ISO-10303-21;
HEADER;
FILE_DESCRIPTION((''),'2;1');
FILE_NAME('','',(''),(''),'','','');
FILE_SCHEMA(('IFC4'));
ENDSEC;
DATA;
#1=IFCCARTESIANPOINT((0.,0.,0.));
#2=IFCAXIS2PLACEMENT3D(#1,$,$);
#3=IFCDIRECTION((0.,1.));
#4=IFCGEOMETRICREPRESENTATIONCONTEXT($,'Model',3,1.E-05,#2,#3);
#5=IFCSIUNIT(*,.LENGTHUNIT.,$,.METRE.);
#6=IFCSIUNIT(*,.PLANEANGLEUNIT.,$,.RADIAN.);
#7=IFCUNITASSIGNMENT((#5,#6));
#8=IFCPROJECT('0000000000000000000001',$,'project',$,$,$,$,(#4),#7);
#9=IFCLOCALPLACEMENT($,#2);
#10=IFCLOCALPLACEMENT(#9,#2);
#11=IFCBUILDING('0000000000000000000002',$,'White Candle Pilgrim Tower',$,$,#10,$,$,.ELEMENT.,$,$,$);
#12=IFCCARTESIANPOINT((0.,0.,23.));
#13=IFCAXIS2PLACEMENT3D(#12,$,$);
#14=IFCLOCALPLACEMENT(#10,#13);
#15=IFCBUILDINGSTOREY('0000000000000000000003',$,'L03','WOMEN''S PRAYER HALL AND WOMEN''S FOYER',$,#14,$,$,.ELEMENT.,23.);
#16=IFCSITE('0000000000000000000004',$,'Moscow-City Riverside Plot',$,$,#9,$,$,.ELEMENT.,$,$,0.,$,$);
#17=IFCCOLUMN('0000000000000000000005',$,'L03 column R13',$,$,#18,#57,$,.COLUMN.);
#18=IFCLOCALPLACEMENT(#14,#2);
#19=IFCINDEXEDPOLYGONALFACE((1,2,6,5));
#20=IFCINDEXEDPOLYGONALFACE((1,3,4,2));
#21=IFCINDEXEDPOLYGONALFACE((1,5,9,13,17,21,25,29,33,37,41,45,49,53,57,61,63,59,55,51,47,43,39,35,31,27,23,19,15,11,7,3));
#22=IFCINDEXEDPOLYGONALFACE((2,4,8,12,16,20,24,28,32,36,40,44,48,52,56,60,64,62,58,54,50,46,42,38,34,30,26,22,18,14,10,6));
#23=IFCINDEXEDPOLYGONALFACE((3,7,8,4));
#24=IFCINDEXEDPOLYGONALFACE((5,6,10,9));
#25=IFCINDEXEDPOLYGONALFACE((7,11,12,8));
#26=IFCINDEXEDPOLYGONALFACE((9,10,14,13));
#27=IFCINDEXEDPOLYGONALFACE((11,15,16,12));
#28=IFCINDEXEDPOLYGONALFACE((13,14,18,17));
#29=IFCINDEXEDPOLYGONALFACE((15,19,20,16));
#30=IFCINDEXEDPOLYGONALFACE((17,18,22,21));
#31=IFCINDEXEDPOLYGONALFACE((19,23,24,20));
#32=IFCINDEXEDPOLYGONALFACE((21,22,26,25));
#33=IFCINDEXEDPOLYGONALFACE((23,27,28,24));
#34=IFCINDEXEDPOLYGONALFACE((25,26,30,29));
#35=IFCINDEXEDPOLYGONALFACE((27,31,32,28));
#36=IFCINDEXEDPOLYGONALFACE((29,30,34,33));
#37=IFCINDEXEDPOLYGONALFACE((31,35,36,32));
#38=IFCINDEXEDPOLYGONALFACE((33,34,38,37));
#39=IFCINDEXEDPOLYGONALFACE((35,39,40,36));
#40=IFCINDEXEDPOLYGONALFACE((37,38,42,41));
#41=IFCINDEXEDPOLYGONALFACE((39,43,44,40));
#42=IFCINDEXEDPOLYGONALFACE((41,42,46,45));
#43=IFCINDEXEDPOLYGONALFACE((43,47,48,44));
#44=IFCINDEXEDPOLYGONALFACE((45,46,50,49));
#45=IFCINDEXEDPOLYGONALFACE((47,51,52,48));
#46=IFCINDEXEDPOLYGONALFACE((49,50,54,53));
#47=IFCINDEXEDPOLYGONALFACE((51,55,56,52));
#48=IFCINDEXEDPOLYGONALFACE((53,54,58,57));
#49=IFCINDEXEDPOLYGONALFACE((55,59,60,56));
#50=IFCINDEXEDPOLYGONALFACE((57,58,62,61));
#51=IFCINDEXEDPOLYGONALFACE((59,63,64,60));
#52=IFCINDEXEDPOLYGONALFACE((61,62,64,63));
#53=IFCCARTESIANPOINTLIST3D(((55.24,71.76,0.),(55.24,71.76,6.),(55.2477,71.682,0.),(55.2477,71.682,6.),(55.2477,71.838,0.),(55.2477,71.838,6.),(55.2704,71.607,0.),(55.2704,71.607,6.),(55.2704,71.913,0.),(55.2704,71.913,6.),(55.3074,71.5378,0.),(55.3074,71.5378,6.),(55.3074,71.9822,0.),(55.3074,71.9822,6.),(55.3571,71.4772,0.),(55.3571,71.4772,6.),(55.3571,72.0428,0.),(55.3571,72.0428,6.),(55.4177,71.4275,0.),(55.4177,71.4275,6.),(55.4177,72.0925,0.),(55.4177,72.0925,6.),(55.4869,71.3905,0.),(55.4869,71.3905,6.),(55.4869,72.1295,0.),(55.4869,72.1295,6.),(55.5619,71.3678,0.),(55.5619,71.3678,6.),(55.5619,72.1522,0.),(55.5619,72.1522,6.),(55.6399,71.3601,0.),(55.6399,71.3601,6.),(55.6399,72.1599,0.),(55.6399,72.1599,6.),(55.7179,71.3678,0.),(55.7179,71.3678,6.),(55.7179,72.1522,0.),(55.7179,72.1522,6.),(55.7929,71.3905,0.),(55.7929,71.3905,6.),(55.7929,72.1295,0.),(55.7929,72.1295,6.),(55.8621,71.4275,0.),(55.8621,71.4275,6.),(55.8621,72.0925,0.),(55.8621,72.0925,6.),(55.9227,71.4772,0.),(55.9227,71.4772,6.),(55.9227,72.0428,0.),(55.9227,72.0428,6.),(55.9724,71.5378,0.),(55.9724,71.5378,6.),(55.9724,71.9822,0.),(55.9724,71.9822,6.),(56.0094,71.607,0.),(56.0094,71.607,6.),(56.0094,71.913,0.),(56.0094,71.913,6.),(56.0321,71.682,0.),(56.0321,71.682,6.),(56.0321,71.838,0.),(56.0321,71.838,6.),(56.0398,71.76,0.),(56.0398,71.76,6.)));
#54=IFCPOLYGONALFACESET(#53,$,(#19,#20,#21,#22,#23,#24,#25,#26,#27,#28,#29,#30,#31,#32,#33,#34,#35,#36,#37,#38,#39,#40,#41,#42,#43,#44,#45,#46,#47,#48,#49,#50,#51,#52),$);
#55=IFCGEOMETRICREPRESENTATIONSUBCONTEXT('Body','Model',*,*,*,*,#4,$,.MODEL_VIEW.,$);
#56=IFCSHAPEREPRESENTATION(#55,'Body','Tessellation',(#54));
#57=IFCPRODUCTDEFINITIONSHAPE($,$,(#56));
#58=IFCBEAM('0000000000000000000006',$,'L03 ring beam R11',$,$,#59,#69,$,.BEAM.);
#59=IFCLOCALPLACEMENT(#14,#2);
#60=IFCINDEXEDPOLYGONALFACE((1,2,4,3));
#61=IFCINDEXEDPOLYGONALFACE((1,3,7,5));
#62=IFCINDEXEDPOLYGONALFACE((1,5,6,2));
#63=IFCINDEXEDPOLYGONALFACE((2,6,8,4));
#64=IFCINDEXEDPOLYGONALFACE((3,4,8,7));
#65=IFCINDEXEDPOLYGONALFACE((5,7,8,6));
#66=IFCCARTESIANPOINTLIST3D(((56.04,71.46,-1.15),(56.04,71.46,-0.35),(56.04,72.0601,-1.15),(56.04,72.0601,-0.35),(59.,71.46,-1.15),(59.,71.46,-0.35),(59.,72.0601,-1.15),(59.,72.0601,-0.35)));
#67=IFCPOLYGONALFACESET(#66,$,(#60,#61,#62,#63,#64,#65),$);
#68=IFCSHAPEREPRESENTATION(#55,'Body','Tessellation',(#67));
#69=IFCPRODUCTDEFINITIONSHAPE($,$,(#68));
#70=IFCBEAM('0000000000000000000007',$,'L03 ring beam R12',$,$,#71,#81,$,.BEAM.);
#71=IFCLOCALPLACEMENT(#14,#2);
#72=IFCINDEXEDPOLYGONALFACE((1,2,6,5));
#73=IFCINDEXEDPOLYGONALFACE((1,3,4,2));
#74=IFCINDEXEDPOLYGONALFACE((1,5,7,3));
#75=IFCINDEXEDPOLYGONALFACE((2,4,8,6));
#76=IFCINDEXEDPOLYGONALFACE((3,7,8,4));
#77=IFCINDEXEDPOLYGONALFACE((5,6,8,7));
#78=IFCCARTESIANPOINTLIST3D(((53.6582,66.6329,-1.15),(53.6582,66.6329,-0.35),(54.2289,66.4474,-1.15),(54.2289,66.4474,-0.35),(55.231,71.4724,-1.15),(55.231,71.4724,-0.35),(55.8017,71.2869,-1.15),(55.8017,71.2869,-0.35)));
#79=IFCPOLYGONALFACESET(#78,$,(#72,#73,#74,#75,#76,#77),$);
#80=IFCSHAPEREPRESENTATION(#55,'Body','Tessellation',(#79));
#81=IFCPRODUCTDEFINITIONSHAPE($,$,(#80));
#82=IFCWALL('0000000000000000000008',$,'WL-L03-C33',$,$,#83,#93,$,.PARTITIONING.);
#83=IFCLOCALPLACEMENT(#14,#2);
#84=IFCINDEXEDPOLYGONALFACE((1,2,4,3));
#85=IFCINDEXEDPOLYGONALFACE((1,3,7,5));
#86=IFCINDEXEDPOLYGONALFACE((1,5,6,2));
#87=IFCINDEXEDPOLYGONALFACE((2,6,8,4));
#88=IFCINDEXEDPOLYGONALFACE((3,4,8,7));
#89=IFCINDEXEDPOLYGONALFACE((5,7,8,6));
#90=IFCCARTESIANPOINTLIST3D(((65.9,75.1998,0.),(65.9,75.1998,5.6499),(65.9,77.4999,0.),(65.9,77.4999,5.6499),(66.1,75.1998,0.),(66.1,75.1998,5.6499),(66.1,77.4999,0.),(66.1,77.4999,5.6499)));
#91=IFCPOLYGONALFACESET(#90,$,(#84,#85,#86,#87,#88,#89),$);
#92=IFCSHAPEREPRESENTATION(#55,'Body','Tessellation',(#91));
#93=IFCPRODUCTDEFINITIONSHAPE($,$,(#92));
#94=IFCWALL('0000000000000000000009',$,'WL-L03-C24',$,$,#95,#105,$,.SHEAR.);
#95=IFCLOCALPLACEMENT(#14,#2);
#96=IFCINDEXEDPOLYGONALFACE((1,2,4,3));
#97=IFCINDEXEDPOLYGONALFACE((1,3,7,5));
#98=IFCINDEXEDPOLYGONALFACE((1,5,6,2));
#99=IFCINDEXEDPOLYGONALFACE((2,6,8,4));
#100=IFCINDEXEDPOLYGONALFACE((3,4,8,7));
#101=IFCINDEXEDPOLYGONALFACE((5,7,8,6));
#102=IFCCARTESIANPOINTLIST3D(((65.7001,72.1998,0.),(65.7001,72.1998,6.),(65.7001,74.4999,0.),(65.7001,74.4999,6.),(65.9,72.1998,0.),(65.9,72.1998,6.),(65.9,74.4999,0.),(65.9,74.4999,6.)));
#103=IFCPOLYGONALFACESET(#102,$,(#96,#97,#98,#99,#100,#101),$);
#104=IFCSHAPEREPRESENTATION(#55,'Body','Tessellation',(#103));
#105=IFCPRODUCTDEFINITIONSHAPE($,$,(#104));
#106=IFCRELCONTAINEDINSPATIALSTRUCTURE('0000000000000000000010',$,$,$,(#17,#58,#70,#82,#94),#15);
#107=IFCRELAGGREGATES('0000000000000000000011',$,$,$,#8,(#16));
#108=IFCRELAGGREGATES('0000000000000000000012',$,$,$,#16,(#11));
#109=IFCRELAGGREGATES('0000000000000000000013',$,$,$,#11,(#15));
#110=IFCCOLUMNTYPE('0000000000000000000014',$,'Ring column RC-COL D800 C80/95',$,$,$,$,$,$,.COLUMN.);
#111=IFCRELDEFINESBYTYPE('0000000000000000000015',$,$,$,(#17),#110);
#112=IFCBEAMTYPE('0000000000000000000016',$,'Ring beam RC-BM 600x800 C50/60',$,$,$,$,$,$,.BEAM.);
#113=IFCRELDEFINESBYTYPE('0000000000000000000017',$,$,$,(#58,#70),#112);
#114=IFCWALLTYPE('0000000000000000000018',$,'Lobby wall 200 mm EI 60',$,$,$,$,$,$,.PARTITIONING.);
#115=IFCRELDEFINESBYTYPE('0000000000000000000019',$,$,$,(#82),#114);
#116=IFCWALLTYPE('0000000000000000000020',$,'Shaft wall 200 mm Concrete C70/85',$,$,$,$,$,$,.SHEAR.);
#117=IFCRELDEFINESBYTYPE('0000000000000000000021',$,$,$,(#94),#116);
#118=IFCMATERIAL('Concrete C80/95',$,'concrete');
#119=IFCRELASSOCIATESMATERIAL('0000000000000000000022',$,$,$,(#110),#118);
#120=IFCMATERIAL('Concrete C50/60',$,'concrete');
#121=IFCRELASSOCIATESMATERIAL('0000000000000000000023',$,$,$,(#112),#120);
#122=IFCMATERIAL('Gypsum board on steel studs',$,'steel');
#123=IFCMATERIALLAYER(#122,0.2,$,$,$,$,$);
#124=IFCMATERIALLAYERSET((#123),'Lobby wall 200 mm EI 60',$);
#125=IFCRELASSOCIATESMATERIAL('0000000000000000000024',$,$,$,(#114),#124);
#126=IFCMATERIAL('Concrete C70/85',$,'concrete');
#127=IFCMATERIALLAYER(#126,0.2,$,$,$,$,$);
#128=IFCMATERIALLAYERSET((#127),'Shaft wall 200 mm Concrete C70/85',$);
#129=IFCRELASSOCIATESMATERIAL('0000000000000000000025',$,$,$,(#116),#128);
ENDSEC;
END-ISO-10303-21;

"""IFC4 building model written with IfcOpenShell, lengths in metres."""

from ifc_helpers import new_model, si_unit, direction, frame, frame_2d, origin, origin_2d, place, context, subcontext, project, spatial, rectangle, circle, extrude, material, layer, layer_set, material_profile, profile_set, type_object, element, save


model = new_model("IFC4")

# Units and contexts
model_context = context("Model", 3, precision=1e-05, world=origin(), true_north=direction((0.0, 1.0)))
body_context = subcontext(model_context, "Body", "Model", "MODEL_VIEW")
ifc_project = project(units=[si_unit("LENGTHUNIT", "METRE"), si_unit("PLANEANGLEUNIT", "RADIAN")], contexts=[model_context])

# Site, building, storey
site_placement = place(None, origin())
site = spatial("IfcSite", under=ifc_project, at=site_placement, Name="Moscow-City Riverside Plot", CompositionType="ELEMENT", RefElevation=0.0)
building_placement = place(site_placement, origin())
building = spatial("IfcBuilding", under=site, at=building_placement, Name="White Candle Pilgrim Tower", CompositionType="ELEMENT")
storey_placement = place(building_placement, frame((0.0, 0.0, 23.0)))
storey = spatial("IfcBuildingStorey", under=building, at=storey_placement, Name="L03", Description="WOMEN'S PRAYER HALL AND WOMEN'S FOYER", CompositionType="ELEMENT", Elevation=23.0)

# Column
ifc_material_1 = material(Name="Concrete C80/95", Category="concrete")
ifc_material_profile_1 = material_profile(ifc_material_1, circle(Radius=0.3999, at=origin_2d()), Name="RC-COL D800")
ifc_profile_set_1 = profile_set([ifc_material_profile_1], Name="Concrete C80/95")
column_type = type_object("IfcColumnType", Name="Ring column RC-COL D800 C80/95", PredefinedType="COLUMN", material=ifc_profile_set_1)
column_placement = place(storey_placement, frame((55.6399, 71.76, 0.0), z_axis=(0.0, 0.0, 1.0), x_axis=(1.0, 0.0, 0.0)))
element("IfcColumn", 1, at=column_placement, inside=storey, type_object=column_type, Name="L03 column R13", PredefinedType="COLUMN", context=body_context, shape_type="SweptSolid", body=[
    extrude(circle(Radius=0.3999, at=origin_2d()), origin(), (0.0, 0.0, 1.0), 6.0),
])

# Beams
ifc_material_2 = material(Name="Concrete C50/60", Category="concrete")
ifc_material_profile_2 = material_profile(ifc_material_2, rectangle(XDim=0.6001, YDim=0.8, at=origin_2d()), Name="RC-BM 600x800")
ifc_profile_set_2 = profile_set([ifc_material_profile_2], Name="Concrete C50/60")
beam_type = type_object("IfcBeamType", Name="Ring beam RC-BM 600x800 C50/60", PredefinedType="BEAM", material=ifc_profile_set_2)
beam_1_placement = place(storey_placement, frame((56.04, 71.76, -0.75), z_axis=(1.0, 0.0, 0.0), x_axis=(0.0, 1.0, 0.0)))
element("IfcBeam", 2, at=beam_1_placement, inside=storey, type_object=beam_type, Name="L03 ring beam R11", PredefinedType="BEAM", context=body_context, shape_type="SweptSolid", body=[
    extrude(rectangle(XDim=0.6001, YDim=0.8, at=origin_2d()), origin(), (0.0, 0.0, 1.0), 2.96),
])
beam_2_placement = place(storey_placement, frame((55.5164, 71.3796, -0.75), z_axis=(-0.30908, -0.951036, 0.0), x_axis=(0.951036, -0.30908, 0.0)))
element("IfcBeam", 3, at=beam_2_placement, inside=storey, type_object=beam_type, Name="L03 ring beam R12", PredefinedType="BEAM", context=body_context, shape_type="SweptSolid", body=[
    extrude(rectangle(XDim=0.6001, YDim=0.8, at=origin_2d()), origin(), (0.0, 0.0, 1.0), 5.0886),
])

# Walls
ifc_material_3 = material(Name="Gypsum board on steel studs", Category="steel")
ifc_layer_1 = layer(ifc_material_3, 0.2)
ifc_layer_set_1 = layer_set([ifc_layer_1], Name="Lobby wall 200 mm EI 60")
wall_type_1 = type_object("IfcWallType", Name="Lobby wall 200 mm EI 60", PredefinedType="PARTITIONING", material=ifc_layer_set_1)
wall_1_placement = place(storey_placement, frame((66.0, 75.2, 0.0), z_axis=(0.0, 0.0, 1.0), x_axis=(0.0, 1.0, 0.0)))
element("IfcWall", 4, at=wall_1_placement, inside=storey, type_object=wall_type_1, Name="WL-L03-C33", PredefinedType="PARTITIONING", context=body_context, shape_type="SweptSolid", body=[
    extrude(rectangle(XDim=2.3, YDim=0.2, at=frame_2d((1.1499, 0.0))), origin(), (0.0, 0.0, 1.0), 5.6499),
])
ifc_material_4 = material(Name="Concrete C70/85", Category="concrete")
ifc_layer_2 = layer(ifc_material_4, 0.2)
ifc_layer_set_2 = layer_set([ifc_layer_2], Name="Shaft wall 200 mm Concrete C70/85")
wall_type_2 = type_object("IfcWallType", Name="Shaft wall 200 mm Concrete C70/85", PredefinedType="SHEAR", material=ifc_layer_set_2)
wall_2_placement = place(storey_placement, frame((65.8, 72.2, 0.0), z_axis=(0.0, 0.0, 1.0), x_axis=(0.0, 1.0, 0.0)))
element("IfcWall", 5, at=wall_2_placement, inside=storey, type_object=wall_type_2, Name="WL-L03-C24", PredefinedType="SHEAR", context=body_context, shape_type="SweptSolid", body=[
    extrude(rectangle(XDim=2.3, YDim=0.2, at=frame_2d((1.1499, 0.0))), origin(), (0.0, 0.0, 1.0), 6.0),
])

save(model, "model.ifc")
